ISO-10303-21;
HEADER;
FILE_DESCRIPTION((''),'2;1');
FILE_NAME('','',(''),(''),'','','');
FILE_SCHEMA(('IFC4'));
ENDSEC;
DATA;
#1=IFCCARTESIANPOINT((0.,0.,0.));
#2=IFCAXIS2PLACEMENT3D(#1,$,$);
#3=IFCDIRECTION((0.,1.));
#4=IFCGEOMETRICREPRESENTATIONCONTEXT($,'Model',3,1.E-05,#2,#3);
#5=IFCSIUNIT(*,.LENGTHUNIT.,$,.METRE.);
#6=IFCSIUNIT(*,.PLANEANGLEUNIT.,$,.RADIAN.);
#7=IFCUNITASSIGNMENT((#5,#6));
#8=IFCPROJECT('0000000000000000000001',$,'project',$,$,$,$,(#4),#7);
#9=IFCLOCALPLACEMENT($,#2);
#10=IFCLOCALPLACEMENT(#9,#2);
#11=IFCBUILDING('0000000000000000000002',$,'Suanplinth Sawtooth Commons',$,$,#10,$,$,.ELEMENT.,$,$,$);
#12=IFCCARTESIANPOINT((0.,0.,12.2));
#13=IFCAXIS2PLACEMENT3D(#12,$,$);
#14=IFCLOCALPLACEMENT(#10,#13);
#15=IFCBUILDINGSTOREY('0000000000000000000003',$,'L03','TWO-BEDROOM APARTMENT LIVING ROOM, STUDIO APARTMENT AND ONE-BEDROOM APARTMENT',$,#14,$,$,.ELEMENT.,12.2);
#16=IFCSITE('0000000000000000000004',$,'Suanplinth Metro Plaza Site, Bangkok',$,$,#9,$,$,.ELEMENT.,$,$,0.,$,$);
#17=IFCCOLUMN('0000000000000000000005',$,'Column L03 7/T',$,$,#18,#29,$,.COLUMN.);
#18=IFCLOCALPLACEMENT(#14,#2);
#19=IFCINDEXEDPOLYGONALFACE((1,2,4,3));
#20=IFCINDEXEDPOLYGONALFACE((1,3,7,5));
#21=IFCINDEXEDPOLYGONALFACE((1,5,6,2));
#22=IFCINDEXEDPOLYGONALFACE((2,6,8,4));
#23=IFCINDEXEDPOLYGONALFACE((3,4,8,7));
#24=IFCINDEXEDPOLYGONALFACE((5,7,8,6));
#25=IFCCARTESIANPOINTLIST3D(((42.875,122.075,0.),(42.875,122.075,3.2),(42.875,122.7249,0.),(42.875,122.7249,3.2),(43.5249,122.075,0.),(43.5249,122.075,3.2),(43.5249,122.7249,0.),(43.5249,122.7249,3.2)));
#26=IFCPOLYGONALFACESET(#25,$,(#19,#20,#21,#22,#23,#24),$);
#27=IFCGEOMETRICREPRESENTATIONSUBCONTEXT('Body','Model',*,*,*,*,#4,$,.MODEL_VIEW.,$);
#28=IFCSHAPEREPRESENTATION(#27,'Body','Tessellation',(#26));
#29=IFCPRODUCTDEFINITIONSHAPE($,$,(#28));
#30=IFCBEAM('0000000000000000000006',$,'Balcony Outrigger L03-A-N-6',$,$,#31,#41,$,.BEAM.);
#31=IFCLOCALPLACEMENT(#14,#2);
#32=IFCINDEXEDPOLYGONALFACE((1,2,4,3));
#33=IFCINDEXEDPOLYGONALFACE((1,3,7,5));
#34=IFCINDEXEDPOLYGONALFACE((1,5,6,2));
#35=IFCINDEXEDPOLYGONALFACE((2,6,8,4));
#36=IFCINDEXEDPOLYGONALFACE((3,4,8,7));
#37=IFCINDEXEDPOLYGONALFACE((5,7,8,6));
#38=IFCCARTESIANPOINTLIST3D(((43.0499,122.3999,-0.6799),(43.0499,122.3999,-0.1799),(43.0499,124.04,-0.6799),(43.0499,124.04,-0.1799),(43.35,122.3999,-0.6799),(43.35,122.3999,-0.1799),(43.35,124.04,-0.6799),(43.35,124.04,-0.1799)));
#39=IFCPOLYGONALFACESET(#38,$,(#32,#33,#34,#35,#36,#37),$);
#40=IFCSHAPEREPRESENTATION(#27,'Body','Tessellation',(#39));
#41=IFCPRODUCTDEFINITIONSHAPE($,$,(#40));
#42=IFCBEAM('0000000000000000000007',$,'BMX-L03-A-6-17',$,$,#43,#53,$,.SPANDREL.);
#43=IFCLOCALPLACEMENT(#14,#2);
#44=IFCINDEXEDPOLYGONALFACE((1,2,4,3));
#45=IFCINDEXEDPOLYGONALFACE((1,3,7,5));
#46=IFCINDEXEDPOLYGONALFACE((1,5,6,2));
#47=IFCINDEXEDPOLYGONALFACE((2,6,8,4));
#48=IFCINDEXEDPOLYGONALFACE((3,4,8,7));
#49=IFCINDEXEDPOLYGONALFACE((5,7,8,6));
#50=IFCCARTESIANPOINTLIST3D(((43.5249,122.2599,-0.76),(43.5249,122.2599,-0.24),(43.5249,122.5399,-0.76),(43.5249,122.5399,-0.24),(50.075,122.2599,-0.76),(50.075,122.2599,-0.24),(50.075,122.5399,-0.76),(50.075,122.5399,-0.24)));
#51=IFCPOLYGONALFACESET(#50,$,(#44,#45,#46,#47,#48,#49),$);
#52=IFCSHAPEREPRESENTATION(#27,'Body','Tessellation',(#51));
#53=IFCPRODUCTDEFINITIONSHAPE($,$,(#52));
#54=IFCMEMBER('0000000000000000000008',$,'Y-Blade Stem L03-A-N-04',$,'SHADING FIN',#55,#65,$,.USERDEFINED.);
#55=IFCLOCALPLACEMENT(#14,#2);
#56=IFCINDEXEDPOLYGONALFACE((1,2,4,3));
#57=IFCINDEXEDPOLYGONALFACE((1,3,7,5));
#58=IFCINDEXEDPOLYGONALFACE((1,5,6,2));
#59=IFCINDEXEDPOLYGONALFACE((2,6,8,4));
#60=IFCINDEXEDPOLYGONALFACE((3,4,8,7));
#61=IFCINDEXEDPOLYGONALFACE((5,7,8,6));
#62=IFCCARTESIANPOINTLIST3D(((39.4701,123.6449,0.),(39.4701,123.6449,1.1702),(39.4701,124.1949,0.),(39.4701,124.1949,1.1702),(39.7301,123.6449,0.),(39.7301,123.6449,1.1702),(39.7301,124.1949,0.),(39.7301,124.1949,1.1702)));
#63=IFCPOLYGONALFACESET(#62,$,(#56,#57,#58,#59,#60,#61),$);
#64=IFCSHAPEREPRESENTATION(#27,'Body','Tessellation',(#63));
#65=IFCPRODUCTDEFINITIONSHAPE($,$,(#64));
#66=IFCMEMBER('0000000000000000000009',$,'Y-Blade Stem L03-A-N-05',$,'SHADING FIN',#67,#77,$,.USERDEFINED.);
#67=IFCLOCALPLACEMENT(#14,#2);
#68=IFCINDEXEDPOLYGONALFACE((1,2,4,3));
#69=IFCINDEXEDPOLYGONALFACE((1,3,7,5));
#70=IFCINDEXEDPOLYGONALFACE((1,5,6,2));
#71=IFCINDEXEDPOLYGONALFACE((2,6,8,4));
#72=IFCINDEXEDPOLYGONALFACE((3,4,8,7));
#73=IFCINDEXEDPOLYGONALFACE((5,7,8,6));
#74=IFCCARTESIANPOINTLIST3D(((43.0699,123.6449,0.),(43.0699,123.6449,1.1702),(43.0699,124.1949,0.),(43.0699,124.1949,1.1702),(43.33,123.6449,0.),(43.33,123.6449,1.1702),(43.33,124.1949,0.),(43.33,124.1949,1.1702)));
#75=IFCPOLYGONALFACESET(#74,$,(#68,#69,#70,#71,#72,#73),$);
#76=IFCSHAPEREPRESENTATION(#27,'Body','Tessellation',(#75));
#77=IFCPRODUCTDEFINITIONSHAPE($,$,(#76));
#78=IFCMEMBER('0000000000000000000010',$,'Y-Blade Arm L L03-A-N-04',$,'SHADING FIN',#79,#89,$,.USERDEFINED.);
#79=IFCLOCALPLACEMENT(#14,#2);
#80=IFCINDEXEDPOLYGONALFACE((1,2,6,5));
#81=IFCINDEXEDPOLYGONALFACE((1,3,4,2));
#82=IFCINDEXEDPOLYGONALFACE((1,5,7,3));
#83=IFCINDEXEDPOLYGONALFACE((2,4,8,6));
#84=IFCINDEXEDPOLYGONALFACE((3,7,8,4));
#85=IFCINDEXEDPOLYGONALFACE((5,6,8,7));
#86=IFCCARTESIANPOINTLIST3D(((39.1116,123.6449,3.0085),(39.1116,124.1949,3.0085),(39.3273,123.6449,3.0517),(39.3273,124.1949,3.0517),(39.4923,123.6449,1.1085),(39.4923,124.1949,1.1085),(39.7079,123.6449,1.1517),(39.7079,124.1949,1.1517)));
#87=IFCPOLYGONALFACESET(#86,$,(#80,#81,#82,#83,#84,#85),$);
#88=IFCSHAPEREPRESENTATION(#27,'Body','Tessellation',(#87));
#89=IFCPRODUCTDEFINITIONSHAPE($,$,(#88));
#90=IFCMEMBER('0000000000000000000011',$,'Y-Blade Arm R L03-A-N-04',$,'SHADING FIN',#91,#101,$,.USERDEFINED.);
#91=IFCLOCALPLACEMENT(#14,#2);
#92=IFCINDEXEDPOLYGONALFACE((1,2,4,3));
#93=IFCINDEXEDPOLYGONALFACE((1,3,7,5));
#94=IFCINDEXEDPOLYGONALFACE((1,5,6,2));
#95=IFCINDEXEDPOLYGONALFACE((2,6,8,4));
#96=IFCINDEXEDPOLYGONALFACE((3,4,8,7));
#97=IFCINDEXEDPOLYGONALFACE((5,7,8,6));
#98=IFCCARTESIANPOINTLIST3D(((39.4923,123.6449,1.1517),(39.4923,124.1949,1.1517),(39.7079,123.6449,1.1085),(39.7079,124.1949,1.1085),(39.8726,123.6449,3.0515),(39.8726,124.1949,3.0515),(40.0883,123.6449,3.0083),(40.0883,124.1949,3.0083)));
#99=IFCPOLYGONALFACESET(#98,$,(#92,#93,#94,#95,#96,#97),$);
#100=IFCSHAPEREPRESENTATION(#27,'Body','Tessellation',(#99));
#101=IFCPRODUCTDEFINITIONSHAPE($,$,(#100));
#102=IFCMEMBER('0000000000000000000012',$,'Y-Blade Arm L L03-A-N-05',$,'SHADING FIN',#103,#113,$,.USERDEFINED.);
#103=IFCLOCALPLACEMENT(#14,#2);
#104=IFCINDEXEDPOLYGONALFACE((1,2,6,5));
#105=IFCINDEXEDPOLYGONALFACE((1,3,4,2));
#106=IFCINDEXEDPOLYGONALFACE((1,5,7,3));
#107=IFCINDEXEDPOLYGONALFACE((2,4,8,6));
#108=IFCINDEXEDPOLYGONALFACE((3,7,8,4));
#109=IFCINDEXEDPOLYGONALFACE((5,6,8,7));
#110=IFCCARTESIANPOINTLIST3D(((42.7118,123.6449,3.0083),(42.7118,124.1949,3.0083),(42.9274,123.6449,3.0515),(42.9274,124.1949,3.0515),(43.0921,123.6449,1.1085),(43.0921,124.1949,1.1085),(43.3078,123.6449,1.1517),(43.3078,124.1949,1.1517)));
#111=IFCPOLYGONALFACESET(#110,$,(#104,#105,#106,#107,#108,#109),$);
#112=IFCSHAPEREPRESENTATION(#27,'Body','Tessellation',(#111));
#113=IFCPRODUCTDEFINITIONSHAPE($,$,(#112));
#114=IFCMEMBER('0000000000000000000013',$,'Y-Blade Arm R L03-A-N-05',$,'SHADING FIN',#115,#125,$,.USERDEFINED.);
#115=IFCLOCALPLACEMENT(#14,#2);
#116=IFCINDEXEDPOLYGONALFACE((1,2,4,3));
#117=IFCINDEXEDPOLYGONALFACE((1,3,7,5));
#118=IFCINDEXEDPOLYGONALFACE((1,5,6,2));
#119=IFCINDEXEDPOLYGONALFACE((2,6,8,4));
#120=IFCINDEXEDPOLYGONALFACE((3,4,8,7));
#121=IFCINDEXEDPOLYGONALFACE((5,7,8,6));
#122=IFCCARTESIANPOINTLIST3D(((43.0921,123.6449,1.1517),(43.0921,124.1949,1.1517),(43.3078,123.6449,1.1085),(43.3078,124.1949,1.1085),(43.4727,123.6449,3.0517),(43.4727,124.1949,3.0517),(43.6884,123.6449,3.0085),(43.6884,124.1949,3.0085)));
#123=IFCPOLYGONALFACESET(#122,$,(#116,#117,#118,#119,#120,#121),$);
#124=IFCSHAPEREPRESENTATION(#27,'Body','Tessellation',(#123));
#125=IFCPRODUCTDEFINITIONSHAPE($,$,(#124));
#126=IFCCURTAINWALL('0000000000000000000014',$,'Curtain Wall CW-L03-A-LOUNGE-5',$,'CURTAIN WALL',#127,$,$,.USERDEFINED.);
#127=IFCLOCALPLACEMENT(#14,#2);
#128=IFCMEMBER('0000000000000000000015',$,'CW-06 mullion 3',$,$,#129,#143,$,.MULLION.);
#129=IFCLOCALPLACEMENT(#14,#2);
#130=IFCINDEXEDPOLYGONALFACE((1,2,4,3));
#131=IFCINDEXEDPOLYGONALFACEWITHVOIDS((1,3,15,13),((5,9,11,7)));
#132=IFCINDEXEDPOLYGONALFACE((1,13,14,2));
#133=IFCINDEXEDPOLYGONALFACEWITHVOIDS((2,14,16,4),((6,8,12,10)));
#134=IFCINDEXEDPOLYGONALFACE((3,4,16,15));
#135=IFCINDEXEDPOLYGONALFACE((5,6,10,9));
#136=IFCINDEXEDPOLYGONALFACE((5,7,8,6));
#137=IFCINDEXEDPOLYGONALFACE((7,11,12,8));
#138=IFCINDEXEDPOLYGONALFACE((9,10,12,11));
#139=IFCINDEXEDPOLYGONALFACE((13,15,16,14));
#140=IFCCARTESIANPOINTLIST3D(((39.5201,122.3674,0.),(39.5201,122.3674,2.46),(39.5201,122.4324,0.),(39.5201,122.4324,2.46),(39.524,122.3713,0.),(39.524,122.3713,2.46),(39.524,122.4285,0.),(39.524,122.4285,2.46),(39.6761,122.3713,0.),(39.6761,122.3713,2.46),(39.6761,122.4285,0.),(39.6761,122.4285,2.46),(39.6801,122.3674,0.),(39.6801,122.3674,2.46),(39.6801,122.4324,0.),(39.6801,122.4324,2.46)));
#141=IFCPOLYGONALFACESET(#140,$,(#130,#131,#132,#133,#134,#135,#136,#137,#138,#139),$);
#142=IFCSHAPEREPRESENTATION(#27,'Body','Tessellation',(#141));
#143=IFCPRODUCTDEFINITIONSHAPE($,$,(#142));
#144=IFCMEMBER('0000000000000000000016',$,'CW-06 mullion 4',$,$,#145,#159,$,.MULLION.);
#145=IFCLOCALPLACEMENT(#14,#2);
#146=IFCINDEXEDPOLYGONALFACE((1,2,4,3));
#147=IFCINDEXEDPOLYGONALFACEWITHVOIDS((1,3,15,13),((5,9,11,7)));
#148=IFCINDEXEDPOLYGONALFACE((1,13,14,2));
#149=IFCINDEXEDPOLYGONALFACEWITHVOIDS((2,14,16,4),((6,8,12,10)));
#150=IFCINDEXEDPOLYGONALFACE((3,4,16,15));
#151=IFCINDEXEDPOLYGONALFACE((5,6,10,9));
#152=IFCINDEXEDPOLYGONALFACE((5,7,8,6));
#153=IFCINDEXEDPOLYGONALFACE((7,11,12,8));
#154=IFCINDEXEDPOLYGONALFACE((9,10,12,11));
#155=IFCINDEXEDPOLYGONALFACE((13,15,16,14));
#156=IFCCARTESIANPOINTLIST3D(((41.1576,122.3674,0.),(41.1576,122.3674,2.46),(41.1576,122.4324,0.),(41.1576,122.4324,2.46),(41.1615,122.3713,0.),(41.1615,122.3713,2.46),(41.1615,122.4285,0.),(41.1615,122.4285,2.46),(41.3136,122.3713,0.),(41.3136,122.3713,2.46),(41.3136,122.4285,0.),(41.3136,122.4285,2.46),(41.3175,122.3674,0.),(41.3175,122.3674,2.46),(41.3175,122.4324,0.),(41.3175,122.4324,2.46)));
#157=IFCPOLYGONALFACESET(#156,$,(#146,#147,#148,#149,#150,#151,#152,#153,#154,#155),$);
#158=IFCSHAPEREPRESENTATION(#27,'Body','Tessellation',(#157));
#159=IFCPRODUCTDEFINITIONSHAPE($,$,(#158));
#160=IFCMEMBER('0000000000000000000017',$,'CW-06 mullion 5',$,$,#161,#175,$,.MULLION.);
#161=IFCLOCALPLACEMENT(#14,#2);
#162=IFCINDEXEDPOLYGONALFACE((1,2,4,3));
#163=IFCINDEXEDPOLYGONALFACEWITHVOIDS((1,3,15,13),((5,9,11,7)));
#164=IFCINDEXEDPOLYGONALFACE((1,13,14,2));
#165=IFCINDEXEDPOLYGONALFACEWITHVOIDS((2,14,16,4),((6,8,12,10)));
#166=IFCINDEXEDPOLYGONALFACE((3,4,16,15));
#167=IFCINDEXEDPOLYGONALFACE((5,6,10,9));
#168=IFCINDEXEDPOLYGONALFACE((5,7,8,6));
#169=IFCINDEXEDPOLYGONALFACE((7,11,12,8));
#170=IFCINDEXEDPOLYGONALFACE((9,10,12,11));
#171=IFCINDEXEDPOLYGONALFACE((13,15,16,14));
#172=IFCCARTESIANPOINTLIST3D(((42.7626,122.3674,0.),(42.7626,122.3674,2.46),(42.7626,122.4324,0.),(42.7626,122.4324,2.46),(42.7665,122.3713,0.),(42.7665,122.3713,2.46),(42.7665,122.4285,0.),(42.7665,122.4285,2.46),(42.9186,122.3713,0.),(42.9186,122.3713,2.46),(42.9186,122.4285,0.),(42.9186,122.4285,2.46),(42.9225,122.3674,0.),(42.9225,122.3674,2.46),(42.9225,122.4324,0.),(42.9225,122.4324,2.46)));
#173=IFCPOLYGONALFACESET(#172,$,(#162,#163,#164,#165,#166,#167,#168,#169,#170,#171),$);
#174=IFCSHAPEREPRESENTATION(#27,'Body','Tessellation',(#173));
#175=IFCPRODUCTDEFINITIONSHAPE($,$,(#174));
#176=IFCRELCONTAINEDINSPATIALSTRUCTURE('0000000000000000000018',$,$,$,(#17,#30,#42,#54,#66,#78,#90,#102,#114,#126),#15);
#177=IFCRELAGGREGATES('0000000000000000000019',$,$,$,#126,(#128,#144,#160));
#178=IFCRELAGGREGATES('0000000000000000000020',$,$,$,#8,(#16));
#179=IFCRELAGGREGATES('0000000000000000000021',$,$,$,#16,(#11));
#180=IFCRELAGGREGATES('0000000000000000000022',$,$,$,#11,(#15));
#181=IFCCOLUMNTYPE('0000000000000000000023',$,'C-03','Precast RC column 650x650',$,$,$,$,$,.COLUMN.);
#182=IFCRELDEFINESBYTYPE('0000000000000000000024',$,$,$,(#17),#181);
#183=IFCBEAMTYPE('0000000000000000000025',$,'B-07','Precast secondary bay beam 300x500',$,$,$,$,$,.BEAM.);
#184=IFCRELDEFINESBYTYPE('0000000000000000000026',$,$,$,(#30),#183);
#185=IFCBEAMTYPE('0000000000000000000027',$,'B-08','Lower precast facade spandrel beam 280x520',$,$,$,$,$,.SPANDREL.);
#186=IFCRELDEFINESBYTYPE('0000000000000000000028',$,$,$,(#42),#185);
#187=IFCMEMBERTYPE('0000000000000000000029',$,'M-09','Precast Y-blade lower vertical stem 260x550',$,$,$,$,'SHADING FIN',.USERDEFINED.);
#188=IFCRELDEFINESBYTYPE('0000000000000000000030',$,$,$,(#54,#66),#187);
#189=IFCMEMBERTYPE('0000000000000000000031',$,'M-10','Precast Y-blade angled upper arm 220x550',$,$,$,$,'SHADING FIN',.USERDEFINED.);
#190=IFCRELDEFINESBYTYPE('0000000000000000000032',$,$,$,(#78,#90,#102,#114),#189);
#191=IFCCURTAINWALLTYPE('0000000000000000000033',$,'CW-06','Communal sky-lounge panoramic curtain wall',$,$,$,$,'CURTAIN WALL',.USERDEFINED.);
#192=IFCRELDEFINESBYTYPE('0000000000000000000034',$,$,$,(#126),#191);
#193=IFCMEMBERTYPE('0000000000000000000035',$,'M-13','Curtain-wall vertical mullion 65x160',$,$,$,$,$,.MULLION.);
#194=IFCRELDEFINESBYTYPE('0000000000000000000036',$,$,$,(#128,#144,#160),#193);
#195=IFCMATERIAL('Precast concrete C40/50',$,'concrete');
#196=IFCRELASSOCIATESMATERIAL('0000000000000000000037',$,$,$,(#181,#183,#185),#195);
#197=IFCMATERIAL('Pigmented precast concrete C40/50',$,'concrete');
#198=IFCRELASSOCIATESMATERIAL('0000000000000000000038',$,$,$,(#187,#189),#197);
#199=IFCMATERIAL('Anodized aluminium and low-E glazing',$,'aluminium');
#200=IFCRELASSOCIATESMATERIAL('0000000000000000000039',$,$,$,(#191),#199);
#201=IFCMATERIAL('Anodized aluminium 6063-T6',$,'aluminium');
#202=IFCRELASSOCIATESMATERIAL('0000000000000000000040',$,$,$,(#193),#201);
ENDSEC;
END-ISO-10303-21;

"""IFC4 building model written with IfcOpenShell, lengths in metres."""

from ifc_helpers import new_model, si_unit, direction, frame, origin, origin_2d, place, context, subcontext, project, spatial, rectangle, hollow_rectangle, extrude, material, material_profile, profile_set, type_object, element, aggregate, save


model = new_model("IFC4")

# Units and contexts
model_context = context("Model", 3, precision=1e-05, world=origin(), true_north=direction((0.0, 1.0)))
body_context = subcontext(model_context, "Body", "Model", "MODEL_VIEW")
ifc_project = project(units=[si_unit("LENGTHUNIT", "METRE"), si_unit("PLANEANGLEUNIT", "RADIAN")], contexts=[model_context])

# Site, building, storey
site_placement = place(None, origin())
site = spatial("IfcSite", under=ifc_project, at=site_placement, Name="Suanplinth Metro Plaza Site, Bangkok", CompositionType="ELEMENT", RefElevation=0.0)
building_placement = place(site_placement, origin())
building = spatial("IfcBuilding", under=site, at=building_placement, Name="Suanplinth Sawtooth Commons", CompositionType="ELEMENT")
storey_placement = place(building_placement, frame((0.0, 0.0, 12.2)))
storey = spatial("IfcBuildingStorey", under=building, at=storey_placement, Name="L03", Description="TWO-BEDROOM APARTMENT LIVING ROOM, STUDIO APARTMENT AND ONE-BEDROOM APARTMENT", CompositionType="ELEMENT", Elevation=12.2)

# Column
ifc_material_1 = material(Name="Precast concrete C40/50", Category="concrete")
ifc_material_profile_1 = material_profile(ifc_material_1, rectangle(XDim=0.6499, YDim=0.6499, at=origin_2d()), Name="PC-COL 650x650")
ifc_profile_set_1 = profile_set([ifc_material_profile_1], Name="Precast concrete C40/50")
column_type = type_object("IfcColumnType", Name="C-03", Description="Precast RC column 650x650", PredefinedType="COLUMN", material=ifc_profile_set_1)
column_placement = place(storey_placement, frame((43.2, 122.3999, 0.0), z_axis=(0.0, 0.0, 1.0), x_axis=(1.0, 0.0, 0.0)))
element("IfcColumn", 1, at=column_placement, inside=storey, type_object=column_type, Name="Column L03 7/T", PredefinedType="COLUMN", context=body_context, shape_type="SweptSolid", body=[
    extrude(rectangle(XDim=0.6499, YDim=0.6499, at=origin_2d()), origin(), (0.0, 0.0, 1.0), 3.2),
])

# Beams
ifc_material_profile_2 = material_profile(ifc_material_1, rectangle(XDim=0.3, YDim=0.5, at=origin_2d()), Name="PC-BM 300x500")
ifc_profile_set_2 = profile_set([ifc_material_profile_2], Name="Precast concrete C40/50")
beam_type_1 = type_object("IfcBeamType", Name="B-07", Description="Precast secondary bay beam 300x500", PredefinedType="BEAM", material=ifc_profile_set_2)
beam_1_placement = place(storey_placement, frame((43.2, 122.3999, -0.4299), z_axis=(0.0, 1.0, 0.0), x_axis=(-1.0, 0.0, 0.0)))
element("IfcBeam", 2, at=beam_1_placement, inside=storey, type_object=beam_type_1, Name="Balcony Outrigger L03-A-N-6", PredefinedType="BEAM", context=body_context, shape_type="SweptSolid", body=[
    extrude(rectangle(XDim=0.3, YDim=0.5, at=origin_2d()), origin(), (0.0, 0.0, 1.0), 1.6401),
])
ifc_material_profile_3 = material_profile(ifc_material_1, rectangle(XDim=0.28, YDim=0.52, at=origin_2d()), Name="PC-SP 280x520")
ifc_profile_set_3 = profile_set([ifc_material_profile_3], Name="Precast concrete C40/50")
beam_type_2 = type_object("IfcBeamType", Name="B-08", Description="Lower precast facade spandrel beam 280x520", PredefinedType="SPANDREL", material=ifc_profile_set_3)
beam_2_placement = place(storey_placement, frame((43.5249, 122.3999, -0.5), z_axis=(1.0, 0.0, 0.0), x_axis=(0.0, 1.0, 0.0)))
element("IfcBeam", 3, at=beam_2_placement, inside=storey, type_object=beam_type_2, Name="BMX-L03-A-6-17", PredefinedType="SPANDREL", context=body_context, shape_type="SweptSolid", body=[
    extrude(rectangle(XDim=0.28, YDim=0.52, at=origin_2d()), origin(), (0.0, 0.0, 1.0), 6.55),
])

# Members
ifc_material_2 = material(Name="Pigmented precast concrete C40/50", Category="concrete")
ifc_material_profile_4 = material_profile(ifc_material_2, rectangle(XDim=0.26, YDim=0.55, at=origin_2d()), Name="PC-FIN 260x550")
ifc_profile_set_4 = profile_set([ifc_material_profile_4], Name="Pigmented precast concrete C40/50")
member_type_1 = type_object("IfcMemberType", Name="M-09", Description="Precast Y-blade lower vertical stem 260x550", ElementType="SHADING FIN", PredefinedType="USERDEFINED", material=ifc_profile_set_4)
for number, where, z_axis, x_axis, name in (
    (4, (39.6001, 123.9199, 0.0), (0.0, 0.0, 1.0), (1.0, 0.0, 0.0), "Y-Blade Stem L03-A-N-04"),
    (5, (43.2, 123.9199, 0.0), (0.0, 0.0, 1.0), (1.0, 0.0, 0.0), "Y-Blade Stem L03-A-N-05"),
):
    element("IfcMember", number, at=place(storey_placement, frame(where, z_axis=z_axis, x_axis=x_axis)), inside=storey, type_object=member_type_1, Name=name, ObjectType="SHADING FIN", PredefinedType="USERDEFINED", context=body_context, shape_type="SweptSolid", body=[
        extrude(rectangle(XDim=0.26, YDim=0.55, at=origin_2d()), origin(), (0.0, 0.0, 1.0), 1.1702),
    ])
ifc_material_profile_5 = material_profile(ifc_material_2, rectangle(XDim=0.22, YDim=0.55, at=origin_2d()), Name="PC-FIN 220x550")
ifc_profile_set_5 = profile_set([ifc_material_profile_5], Name="Pigmented precast concrete C40/50")
member_type_2 = type_object("IfcMemberType", Name="M-10", Description="Precast Y-blade angled upper arm 220x550", ElementType="SHADING FIN", PredefinedType="USERDEFINED", material=ifc_profile_set_5)
member_1_placement = place(storey_placement, frame((39.6001, 123.9199, 1.1301), z_axis=(-0.196431, 0.0, 0.980518), x_axis=(0.980518, 0.0, 0.196431)))
element("IfcMember", 6, at=member_1_placement, inside=storey, type_object=member_type_2, Name="Y-Blade Arm L L03-A-N-04", ObjectType="SHADING FIN", PredefinedType="USERDEFINED", context=body_context, shape_type="SweptSolid", body=[
    extrude(rectangle(XDim=0.22, YDim=0.55, at=origin_2d()), origin(), (0.0, 0.0, 1.0), 1.9377),
])
for number, where, z_axis, x_axis, name in (
    (7, (39.6001, 123.9199, 1.1301), (0.19631, 0.0, 0.980542), (-0.980542, 0.0, 0.19631), "Y-Blade Arm R L03-A-N-04"),
    (8, (43.2, 123.9199, 1.1301), (-0.19631, 0.0, 0.980542), (0.980542, 0.0, 0.19631), "Y-Blade Arm L L03-A-N-05"),
):
    element("IfcMember", number, at=place(storey_placement, frame(where, z_axis=z_axis, x_axis=x_axis)), inside=storey, type_object=member_type_2, Name=name, ObjectType="SHADING FIN", PredefinedType="USERDEFINED", context=body_context, shape_type="SweptSolid", body=[
        extrude(rectangle(XDim=0.22, YDim=0.55, at=origin_2d()), origin(), (0.0, 0.0, 1.0), 1.9375),
    ])
member_2_placement = place(storey_placement, frame((43.2, 123.9199, 1.1301), z_axis=(0.196431, 0.0, 0.980518), x_axis=(-0.980518, 0.0, 0.196431)))
element("IfcMember", 9, at=member_2_placement, inside=storey, type_object=member_type_2, Name="Y-Blade Arm R L03-A-N-05", ObjectType="SHADING FIN", PredefinedType="USERDEFINED", context=body_context, shape_type="SweptSolid", body=[
    extrude(rectangle(XDim=0.22, YDim=0.55, at=origin_2d()), origin(), (0.0, 0.0, 1.0), 1.9377),
])

# Curtain wall, members
ifc_material_3 = material(Name="Anodized aluminium and low-E glazing", Category="aluminium")
curtain_wall_type = type_object("IfcCurtainWallType", Name="CW-06", Description="Communal sky-lounge panoramic curtain wall", ElementType="CURTAIN WALL", PredefinedType="USERDEFINED", material=ifc_material_3)
curtain_wall_placement = place(storey_placement, origin())
curtain_wall = element("IfcCurtainWall", 10, at=curtain_wall_placement, inside=storey, type_object=curtain_wall_type, Name="Curtain Wall CW-L03-A-LOUNGE-5", ObjectType="CURTAIN WALL", PredefinedType="USERDEFINED")
ifc_material_4 = material(Name="Anodized aluminium 6063-T6", Category="aluminium")
ifc_material_profile_6 = material_profile(ifc_material_4, hollow_rectangle(XDim=0.0649, YDim=0.1599, WallThickness=0.0039, at=origin_2d()), Name="ALU-MUL 65x160")
ifc_profile_set_6 = profile_set([ifc_material_profile_6], Name="Anodized aluminium 6063-T6")
member_type_3 = type_object("IfcMemberType", Name="M-13", Description="Curtain-wall vertical mullion 65x160", PredefinedType="MULLION", material=ifc_profile_set_6)
member_3_placement = place(storey_placement, frame((39.6001, 122.3999, 0.0), z_axis=(0.0, 0.0, 1.0), x_axis=(0.0, 1.0, 0.0)))
member_3 = element("IfcMember", 11, at=member_3_placement, type_object=member_type_3, Name="CW-06 mullion 3", PredefinedType="MULLION", context=body_context, shape_type="SweptSolid", body=[
    extrude(hollow_rectangle(XDim=0.0649, YDim=0.1599, WallThickness=0.0039, at=origin_2d()), origin(), (0.0, 0.0, 1.0), 2.46),
])
member_4_placement = place(storey_placement, frame((41.2375, 122.3999, 0.0), z_axis=(0.0, 0.0, 1.0), x_axis=(0.0, 1.0, 0.0)))
member_4 = element("IfcMember", 12, at=member_4_placement, type_object=member_type_3, Name="CW-06 mullion 4", PredefinedType="MULLION", context=body_context, shape_type="SweptSolid", body=[
    extrude(hollow_rectangle(XDim=0.0649, YDim=0.1599, WallThickness=0.0039, at=origin_2d()), origin(), (0.0, 0.0, 1.0), 2.46),
])
member_5_placement = place(storey_placement, frame((42.8425, 122.3999, 0.0), z_axis=(0.0, 0.0, 1.0), x_axis=(0.0, 1.0, 0.0)))
member_5 = element("IfcMember", 13, at=member_5_placement, type_object=member_type_3, Name="CW-06 mullion 5", PredefinedType="MULLION", context=body_context, shape_type="SweptSolid", body=[
    extrude(hollow_rectangle(XDim=0.0649, YDim=0.1599, WallThickness=0.0039, at=origin_2d()), origin(), (0.0, 0.0, 1.0), 2.46),
])

aggregate(curtain_wall, [member_3, member_4, member_5])

save(model, "model.ifc")
